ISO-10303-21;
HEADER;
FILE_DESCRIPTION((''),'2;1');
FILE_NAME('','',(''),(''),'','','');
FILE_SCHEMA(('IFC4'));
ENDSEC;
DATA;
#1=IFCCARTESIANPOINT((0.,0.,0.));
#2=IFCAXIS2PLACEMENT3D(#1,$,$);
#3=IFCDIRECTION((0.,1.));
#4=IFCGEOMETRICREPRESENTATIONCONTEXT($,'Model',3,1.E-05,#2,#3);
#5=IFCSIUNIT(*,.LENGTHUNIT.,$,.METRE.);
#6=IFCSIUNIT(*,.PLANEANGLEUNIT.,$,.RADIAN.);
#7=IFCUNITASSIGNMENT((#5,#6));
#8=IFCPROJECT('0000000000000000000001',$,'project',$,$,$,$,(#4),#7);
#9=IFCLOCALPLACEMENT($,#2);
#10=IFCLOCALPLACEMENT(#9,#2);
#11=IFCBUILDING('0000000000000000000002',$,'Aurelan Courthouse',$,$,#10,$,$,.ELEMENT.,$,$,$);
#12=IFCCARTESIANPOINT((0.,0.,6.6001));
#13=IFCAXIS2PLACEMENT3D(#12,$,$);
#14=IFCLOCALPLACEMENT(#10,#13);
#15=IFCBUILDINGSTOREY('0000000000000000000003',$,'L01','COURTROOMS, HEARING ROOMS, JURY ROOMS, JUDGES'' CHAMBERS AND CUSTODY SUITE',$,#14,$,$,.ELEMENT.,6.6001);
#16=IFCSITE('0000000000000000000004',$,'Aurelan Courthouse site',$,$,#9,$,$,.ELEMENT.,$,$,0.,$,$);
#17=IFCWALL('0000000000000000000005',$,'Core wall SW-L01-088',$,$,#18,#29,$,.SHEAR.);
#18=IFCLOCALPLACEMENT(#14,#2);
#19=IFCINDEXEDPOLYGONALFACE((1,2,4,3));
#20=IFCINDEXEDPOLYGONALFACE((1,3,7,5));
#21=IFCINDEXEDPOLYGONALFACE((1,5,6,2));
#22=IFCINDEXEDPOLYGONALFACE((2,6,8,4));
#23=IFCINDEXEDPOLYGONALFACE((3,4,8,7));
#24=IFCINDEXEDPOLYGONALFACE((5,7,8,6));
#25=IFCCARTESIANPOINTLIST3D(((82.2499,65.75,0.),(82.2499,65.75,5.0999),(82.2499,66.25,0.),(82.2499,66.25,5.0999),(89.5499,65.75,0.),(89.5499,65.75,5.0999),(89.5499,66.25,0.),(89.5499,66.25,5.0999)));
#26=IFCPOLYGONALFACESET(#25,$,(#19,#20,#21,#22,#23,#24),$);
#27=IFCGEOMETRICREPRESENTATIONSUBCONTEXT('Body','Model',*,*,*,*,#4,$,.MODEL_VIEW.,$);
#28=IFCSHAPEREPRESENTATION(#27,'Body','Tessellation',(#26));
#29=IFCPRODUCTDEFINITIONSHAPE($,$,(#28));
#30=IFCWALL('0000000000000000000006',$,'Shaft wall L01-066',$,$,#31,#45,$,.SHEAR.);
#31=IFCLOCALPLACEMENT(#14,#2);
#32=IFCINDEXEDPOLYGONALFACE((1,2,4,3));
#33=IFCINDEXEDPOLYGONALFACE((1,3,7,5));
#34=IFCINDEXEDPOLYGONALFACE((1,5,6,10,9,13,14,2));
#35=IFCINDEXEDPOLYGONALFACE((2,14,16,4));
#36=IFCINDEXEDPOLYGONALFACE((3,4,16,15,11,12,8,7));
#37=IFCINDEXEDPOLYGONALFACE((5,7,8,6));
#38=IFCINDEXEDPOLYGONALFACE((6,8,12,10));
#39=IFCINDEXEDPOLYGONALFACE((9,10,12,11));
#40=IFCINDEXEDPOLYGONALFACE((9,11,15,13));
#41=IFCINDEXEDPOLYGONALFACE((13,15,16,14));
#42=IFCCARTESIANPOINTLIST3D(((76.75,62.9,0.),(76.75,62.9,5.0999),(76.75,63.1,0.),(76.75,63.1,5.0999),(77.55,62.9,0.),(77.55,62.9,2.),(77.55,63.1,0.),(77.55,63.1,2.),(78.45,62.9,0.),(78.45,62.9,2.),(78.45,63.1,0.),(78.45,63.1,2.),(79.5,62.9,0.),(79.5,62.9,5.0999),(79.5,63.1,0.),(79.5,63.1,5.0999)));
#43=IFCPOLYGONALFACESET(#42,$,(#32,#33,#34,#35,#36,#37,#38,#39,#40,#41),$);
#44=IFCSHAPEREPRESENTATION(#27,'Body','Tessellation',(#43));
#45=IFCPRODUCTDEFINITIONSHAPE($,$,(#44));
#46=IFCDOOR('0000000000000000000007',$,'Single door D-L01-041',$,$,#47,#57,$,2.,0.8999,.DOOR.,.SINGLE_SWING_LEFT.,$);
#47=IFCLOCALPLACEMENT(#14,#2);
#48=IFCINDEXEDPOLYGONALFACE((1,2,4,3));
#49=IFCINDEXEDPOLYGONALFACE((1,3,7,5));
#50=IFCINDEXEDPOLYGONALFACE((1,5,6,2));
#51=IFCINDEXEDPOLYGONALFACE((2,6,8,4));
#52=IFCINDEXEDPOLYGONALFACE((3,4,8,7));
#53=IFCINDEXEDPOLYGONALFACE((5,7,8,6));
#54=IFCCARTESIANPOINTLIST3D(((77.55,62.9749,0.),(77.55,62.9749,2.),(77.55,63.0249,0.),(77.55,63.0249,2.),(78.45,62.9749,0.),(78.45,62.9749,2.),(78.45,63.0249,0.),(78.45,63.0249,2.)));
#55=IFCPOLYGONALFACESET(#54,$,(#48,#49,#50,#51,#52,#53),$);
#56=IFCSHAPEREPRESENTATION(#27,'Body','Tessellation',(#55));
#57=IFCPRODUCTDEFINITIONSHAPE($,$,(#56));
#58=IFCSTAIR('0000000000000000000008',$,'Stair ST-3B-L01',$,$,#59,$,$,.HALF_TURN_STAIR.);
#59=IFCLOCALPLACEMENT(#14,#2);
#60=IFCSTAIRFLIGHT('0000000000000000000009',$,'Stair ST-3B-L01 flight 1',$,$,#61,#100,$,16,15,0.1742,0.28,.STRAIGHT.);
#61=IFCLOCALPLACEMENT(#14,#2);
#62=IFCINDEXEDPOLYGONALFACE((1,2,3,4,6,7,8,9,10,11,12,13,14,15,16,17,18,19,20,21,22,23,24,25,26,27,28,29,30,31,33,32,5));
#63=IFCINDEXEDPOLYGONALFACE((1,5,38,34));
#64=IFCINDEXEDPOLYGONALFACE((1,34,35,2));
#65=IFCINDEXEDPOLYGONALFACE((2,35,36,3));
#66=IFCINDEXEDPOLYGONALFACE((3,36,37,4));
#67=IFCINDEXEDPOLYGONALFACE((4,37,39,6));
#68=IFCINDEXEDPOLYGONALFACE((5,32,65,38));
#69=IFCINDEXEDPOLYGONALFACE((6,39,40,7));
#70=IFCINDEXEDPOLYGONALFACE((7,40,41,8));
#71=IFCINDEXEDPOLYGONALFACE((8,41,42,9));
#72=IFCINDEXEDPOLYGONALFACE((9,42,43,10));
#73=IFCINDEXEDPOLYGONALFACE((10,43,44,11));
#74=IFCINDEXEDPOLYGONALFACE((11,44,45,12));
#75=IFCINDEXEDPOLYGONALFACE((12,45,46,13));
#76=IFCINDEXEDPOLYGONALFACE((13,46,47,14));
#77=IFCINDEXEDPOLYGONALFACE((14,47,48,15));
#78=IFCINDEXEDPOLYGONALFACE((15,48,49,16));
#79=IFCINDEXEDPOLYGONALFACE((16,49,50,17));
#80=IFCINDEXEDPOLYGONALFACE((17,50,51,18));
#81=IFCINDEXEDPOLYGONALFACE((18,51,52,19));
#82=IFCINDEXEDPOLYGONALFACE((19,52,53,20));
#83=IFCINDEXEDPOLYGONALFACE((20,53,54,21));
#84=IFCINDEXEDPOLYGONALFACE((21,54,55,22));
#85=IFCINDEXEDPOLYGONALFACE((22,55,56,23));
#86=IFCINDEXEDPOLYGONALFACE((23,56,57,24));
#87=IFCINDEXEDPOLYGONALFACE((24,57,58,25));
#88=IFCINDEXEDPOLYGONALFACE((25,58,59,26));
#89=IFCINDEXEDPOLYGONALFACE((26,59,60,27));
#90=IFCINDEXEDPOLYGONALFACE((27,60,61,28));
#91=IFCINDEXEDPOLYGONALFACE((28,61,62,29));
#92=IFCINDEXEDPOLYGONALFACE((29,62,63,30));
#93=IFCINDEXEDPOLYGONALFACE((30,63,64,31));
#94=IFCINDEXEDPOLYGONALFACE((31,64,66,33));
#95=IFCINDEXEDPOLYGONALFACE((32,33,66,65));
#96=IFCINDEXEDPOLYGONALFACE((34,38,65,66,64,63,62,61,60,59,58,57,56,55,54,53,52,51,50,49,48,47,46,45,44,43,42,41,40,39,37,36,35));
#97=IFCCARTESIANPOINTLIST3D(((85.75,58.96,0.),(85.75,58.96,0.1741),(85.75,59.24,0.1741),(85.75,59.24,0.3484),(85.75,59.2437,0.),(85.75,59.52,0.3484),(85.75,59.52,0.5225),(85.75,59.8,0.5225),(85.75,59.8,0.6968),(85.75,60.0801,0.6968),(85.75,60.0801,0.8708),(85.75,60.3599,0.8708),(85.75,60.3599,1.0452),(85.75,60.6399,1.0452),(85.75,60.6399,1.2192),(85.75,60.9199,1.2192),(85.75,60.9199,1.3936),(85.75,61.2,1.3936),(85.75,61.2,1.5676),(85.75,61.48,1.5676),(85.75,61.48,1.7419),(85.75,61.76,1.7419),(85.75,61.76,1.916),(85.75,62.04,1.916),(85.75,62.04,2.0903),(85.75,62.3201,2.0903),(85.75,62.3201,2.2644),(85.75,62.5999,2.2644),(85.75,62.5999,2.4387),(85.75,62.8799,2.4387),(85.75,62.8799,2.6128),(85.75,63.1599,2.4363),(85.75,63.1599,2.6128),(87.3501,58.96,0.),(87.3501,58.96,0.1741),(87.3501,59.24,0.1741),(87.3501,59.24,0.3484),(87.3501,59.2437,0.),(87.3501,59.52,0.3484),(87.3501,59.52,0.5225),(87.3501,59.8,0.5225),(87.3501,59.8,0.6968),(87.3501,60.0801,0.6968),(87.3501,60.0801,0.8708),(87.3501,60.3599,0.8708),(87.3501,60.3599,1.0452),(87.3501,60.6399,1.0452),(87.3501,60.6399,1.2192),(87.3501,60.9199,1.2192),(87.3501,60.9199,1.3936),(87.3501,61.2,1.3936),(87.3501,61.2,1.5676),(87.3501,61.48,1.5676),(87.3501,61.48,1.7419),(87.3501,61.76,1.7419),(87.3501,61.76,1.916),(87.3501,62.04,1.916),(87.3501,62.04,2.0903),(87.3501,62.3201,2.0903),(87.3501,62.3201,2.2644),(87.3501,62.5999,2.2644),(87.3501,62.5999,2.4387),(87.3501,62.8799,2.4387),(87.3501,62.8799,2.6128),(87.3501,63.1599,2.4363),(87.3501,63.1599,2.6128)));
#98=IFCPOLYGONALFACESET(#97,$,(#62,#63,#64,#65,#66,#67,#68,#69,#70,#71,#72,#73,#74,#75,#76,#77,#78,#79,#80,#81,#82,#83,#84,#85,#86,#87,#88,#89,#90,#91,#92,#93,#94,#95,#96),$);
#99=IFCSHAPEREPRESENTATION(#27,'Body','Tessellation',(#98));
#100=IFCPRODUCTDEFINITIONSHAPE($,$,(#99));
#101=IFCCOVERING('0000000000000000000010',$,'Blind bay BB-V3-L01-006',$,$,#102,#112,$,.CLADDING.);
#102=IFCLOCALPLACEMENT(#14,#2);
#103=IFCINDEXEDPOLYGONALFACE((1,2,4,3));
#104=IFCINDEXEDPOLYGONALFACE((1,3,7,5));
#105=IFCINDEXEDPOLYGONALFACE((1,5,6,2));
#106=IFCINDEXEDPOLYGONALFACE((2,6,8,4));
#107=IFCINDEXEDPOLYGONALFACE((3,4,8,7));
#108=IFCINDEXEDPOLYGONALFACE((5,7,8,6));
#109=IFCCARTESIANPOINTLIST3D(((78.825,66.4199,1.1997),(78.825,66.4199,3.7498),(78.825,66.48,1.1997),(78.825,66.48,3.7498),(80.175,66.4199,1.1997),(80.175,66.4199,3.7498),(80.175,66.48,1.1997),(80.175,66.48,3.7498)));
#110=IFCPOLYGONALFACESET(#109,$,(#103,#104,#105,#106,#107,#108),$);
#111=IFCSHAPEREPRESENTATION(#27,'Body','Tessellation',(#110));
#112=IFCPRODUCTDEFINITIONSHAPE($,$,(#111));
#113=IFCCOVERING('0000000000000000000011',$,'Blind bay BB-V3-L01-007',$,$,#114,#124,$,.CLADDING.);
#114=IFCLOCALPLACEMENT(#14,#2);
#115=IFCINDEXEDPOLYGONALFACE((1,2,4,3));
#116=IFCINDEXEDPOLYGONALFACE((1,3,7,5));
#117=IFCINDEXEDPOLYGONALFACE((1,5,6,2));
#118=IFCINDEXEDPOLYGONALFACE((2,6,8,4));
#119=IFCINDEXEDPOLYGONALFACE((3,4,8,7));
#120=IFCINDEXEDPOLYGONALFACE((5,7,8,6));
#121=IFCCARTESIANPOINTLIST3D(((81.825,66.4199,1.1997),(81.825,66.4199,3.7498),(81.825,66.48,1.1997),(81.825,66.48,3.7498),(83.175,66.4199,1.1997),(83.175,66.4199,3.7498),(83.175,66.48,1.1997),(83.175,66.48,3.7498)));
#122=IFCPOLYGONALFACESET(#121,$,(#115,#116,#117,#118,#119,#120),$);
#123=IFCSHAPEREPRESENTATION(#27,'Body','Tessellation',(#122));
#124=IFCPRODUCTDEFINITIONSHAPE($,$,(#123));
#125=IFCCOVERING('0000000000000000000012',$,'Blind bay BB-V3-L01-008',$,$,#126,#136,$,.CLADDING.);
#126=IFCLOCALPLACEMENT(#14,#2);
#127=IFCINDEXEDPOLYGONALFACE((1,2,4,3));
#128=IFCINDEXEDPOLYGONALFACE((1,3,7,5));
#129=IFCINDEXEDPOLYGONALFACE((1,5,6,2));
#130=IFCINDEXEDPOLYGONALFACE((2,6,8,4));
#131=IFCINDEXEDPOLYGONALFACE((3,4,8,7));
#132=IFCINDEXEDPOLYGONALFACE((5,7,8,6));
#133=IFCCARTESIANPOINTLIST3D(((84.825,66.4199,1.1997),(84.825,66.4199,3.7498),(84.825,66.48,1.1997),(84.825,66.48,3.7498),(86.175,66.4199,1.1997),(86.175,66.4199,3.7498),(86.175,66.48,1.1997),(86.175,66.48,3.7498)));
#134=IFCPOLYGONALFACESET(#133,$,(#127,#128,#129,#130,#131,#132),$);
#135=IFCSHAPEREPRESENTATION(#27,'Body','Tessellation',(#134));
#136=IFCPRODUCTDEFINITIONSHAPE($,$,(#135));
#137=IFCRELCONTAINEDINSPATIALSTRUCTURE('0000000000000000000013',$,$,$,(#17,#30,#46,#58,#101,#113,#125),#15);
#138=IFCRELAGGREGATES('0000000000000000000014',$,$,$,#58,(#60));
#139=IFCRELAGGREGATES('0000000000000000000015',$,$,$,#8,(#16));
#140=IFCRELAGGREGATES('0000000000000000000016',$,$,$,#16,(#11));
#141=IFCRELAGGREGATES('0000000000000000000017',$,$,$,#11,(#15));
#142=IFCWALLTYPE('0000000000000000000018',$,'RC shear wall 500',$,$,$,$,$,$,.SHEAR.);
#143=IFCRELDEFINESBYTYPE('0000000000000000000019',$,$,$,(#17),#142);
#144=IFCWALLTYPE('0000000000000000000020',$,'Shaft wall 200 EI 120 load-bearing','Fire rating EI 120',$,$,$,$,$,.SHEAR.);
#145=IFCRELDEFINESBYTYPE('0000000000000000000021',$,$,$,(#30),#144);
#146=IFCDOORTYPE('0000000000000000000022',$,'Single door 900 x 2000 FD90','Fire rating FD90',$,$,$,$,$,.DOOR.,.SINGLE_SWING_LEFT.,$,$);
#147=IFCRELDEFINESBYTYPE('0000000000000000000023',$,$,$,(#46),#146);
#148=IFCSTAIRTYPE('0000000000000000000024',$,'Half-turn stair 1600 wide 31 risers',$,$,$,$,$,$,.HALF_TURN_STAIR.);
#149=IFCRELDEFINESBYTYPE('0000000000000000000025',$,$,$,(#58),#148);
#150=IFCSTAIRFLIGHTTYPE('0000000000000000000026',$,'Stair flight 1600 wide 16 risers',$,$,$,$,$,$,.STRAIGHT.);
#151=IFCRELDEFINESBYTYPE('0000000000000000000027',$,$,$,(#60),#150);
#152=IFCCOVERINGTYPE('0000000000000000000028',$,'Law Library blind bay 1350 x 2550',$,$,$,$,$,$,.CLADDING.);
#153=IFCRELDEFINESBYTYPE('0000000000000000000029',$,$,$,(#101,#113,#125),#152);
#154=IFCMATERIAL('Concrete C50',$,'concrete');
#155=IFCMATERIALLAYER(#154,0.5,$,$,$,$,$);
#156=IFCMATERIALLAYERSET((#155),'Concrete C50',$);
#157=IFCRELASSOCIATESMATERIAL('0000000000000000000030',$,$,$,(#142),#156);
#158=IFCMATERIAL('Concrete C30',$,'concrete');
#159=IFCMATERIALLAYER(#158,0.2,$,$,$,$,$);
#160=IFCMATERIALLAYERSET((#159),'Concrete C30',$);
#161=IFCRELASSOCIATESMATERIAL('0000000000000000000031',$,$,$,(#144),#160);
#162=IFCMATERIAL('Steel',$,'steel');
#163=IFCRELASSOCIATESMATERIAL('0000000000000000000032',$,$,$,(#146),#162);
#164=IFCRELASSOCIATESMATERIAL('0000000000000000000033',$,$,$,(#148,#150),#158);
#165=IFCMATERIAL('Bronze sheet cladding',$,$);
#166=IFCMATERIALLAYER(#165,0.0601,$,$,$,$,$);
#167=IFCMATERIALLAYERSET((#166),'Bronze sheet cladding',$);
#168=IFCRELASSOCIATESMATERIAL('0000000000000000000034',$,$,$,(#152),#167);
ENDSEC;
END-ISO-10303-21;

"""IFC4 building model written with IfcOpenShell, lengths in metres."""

from ifc_helpers import new_model, si_unit, direction, frame, frame_2d, origin, origin_2d, place, context, subcontext, project, spatial, polyline, rectangle, outline, extrude, material, layer, layer_set, type_object, element, fill, aggregate, save


model = new_model("IFC4")

# Units and contexts
model_context = context("Model", 3, precision=1e-05, world=origin(), true_north=direction((0.0, 1.0)))
body_context = subcontext(model_context, "Body", "Model", "MODEL_VIEW")
ifc_project = project(units=[si_unit("LENGTHUNIT", "METRE"), si_unit("PLANEANGLEUNIT", "RADIAN")], contexts=[model_context])

# Site, building, storey
site_placement = place(None, origin())
site = spatial("IfcSite", under=ifc_project, at=site_placement, Name="Aurelan Courthouse site", CompositionType="ELEMENT", RefElevation=0.0)
building_placement = place(site_placement, origin())
building = spatial("IfcBuilding", under=site, at=building_placement, Name="Aurelan Courthouse", CompositionType="ELEMENT")
storey_placement = place(building_placement, frame((0.0, 0.0, 6.6001)))
storey = spatial("IfcBuildingStorey", under=building, at=storey_placement, Name="L01", Description="COURTROOMS, HEARING ROOMS, JURY ROOMS, JUDGES' CHAMBERS AND CUSTODY SUITE", CompositionType="ELEMENT", Elevation=6.6001)

# Shared definitions
ifc_material_1 = material(Name="Concrete C50", Category="concrete")

# Shared definitions
ifc_material_2 = material(Name="Concrete C30", Category="concrete")

# Shared definitions
ifc_layer_1 = layer(ifc_material_1, 0.5)
ifc_layer_set_1 = layer_set([ifc_layer_1], Name="Concrete C50")
wall_type_1 = type_object("IfcWallType", Name="RC shear wall 500", PredefinedType="SHEAR", material=ifc_layer_set_1)
ifc_material_3 = material(Name="Steel", Category="steel")

# Wall
wall_1_placement = place(storey_placement, frame((82.25, 66.0, 0.0), z_axis=(0.0, 0.0, 1.0), x_axis=(1.0, 0.0, 0.0)))
element("IfcWall", 1, at=wall_1_placement, inside=storey, type_object=wall_type_1, Name="Core wall SW-L01-088", PredefinedType="SHEAR", context=body_context, shape_type="SweptSolid", body=[
    extrude(rectangle(XDim=7.3, YDim=0.5, at=frame_2d((3.6499, 0.0))), origin(), (0.0, 0.0, 1.0), 5.0999),
])

# Wall, opening, door
ifc_layer_2 = layer(ifc_material_2, 0.2)
ifc_layer_set_2 = layer_set([ifc_layer_2], Name="Concrete C30")
wall_type_2 = type_object("IfcWallType", Name="Shaft wall 200 EI 120 load-bearing", Description="Fire rating EI 120", PredefinedType="SHEAR", material=ifc_layer_set_2)
wall_2_placement = place(storey_placement, frame((76.75, 63.0, 0.0), z_axis=(0.0, 0.0, 1.0), x_axis=(1.0, 0.0, 0.0)))
wall_2 = element("IfcWall", 2, at=wall_2_placement, inside=storey, type_object=wall_type_2, Name="Shaft wall L01-066", PredefinedType="SHEAR", context=body_context, shape_type="SweptSolid", body=[
    extrude(rectangle(XDim=2.75, YDim=0.2, at=frame_2d((1.375, 0.0))), origin(), (0.0, 0.0, 1.0), 5.0999),
])
opening_1_placement = place(wall_2_placement, frame((0.8, 0.0, 0.0)))
opening_1 = element("IfcOpeningElement", 3, at=opening_1_placement, cuts=wall_2, PredefinedType="OPENING", context=body_context, shape_type="SweptSolid", body=[
    extrude(rectangle(XDim=0.8999, YDim=2.0, at=frame_2d((0.45, 1.0))), frame((0.0, 0.1099, 0.0), z_axis=(0.0, -1.0, 0.0), x_axis=(1.0, 0.0, 0.0)), (0.0, 0.0, 1.0), 0.22),
])
door_type_1 = type_object("IfcDoorType", Name="Single door 900 x 2000 FD90", Description="Fire rating FD90", OperationType="SINGLE_SWING_LEFT", PredefinedType="DOOR", material=ifc_material_3)
door_1_placement = place(opening_1_placement, origin())
door_1 = element("IfcDoor", 4, at=door_1_placement, inside=storey, type_object=door_type_1, Name="Single door D-L01-041", OperationType="SINGLE_SWING_LEFT", OverallHeight=2.0, OverallWidth=0.8999, PredefinedType="DOOR", context=body_context, shape_type="SweptSolid", body=[
    extrude(rectangle(XDim=0.8999, YDim=2.0, at=frame_2d((0.45, 1.0))), frame((0.0, 0.0249, 0.0), z_axis=(0.0, -1.0, 0.0), x_axis=(1.0, 0.0, 0.0)), (0.0, 0.0, 1.0), 0.05),
])
fill(opening_1, door_1)

# Stair, stair flight
stair_type = type_object("IfcStairType", Name="Half-turn stair 1600 wide 31 risers", PredefinedType="HALF_TURN_STAIR", material=ifc_material_2)
stair_placement = place(storey_placement, origin())
stair = element("IfcStair", 5, at=stair_placement, inside=storey, type_object=stair_type, Name="Stair ST-3B-L01", PredefinedType="HALF_TURN_STAIR")
stair_flight_type = type_object("IfcStairFlightType", Name="Stair flight 1600 wide 16 risers", PredefinedType="STRAIGHT", material=ifc_material_2)
stair_flight_placement = place(storey_placement, frame((86.55, 58.96, 0.0), z_axis=(0.0, 0.0, 1.0), x_axis=(0.0, 1.0, 0.0)))
stair_flight = element("IfcStairFlight", 6, at=stair_flight_placement, type_object=stair_flight_type, Name="Stair ST-3B-L01 flight 1", NumberOfRisers=16, NumberOfTreads=15, PredefinedType="STRAIGHT", RiserHeight=0.1742, TreadLength=0.28, context=body_context, shape_type="SweptSolid", body=[
    extrude(outline(polyline([(0.0, 0.0), (0.0, 0.1741), (0.28, 0.1741), (0.28, 0.3484), (0.5601, 0.3484), (0.5601, 0.5225), (0.8401, 0.5225), (0.8401, 0.6968), (1.1201, 0.6968), (1.1201, 0.8708), (1.3999, 0.8708), (1.3999, 1.0452), (1.6799, 1.0452), (1.6799, 1.2192), (1.96, 1.2192), (1.96, 1.3936), (2.24, 1.3936), (2.24, 1.5676), (2.52, 1.5676), (2.52, 1.7419), (2.8, 1.7419), (2.8, 1.916), (3.0801, 1.916), (3.0801, 2.0903), (3.3601, 2.0903), (3.3601, 2.2644), (3.6399, 2.2644), (3.6399, 2.4387), (3.9199, 2.4387), (3.9199, 2.6128), (4.2, 2.6128), (4.2, 2.7871), (4.2, 2.4363), (0.2837, 0.0), (0.0, 0.0)])), frame((0.0, 0.8, 0.0), z_axis=(0.0, -1.0, 0.0), x_axis=(1.0, 0.0, 0.0)), (0.0, 0.0, 1.0), 1.6001),
])
aggregate(stair, [stair_flight])

# Coverings
ifc_material_4 = material(Name="Bronze sheet cladding")
ifc_layer_3 = layer(ifc_material_4, 0.0601)
ifc_layer_set_3 = layer_set([ifc_layer_3], Name="Bronze sheet cladding")
covering_type = type_object("IfcCoveringType", Name="Law Library blind bay 1350 x 2550", PredefinedType="CLADDING", material=ifc_layer_set_3)
for number, where, z_axis, x_axis, name in (
    (7, (79.5, 66.45, 1.1997), (0.0, 0.0, 1.0), (1.0, 0.0, 0.0), "Blind bay BB-V3-L01-006"),
    (8, (82.5, 66.45, 1.1997), (0.0, 0.0, 1.0), (1.0, 0.0, 0.0), "Blind bay BB-V3-L01-007"),
    (9, (85.5, 66.45, 1.1997), (0.0, 0.0, 1.0), (1.0, 0.0, 0.0), "Blind bay BB-V3-L01-008"),
):
    element("IfcCovering", number, at=place(storey_placement, frame(where, z_axis=z_axis, x_axis=x_axis)), inside=storey, type_object=covering_type, Name=name, PredefinedType="CLADDING", context=body_context, shape_type="SweptSolid", body=[
        extrude(rectangle(XDim=1.3501, YDim=0.0601, at=origin_2d()), origin(), (0.0, 0.0, 1.0), 2.55),
    ])

save(model, "model.ifc")
